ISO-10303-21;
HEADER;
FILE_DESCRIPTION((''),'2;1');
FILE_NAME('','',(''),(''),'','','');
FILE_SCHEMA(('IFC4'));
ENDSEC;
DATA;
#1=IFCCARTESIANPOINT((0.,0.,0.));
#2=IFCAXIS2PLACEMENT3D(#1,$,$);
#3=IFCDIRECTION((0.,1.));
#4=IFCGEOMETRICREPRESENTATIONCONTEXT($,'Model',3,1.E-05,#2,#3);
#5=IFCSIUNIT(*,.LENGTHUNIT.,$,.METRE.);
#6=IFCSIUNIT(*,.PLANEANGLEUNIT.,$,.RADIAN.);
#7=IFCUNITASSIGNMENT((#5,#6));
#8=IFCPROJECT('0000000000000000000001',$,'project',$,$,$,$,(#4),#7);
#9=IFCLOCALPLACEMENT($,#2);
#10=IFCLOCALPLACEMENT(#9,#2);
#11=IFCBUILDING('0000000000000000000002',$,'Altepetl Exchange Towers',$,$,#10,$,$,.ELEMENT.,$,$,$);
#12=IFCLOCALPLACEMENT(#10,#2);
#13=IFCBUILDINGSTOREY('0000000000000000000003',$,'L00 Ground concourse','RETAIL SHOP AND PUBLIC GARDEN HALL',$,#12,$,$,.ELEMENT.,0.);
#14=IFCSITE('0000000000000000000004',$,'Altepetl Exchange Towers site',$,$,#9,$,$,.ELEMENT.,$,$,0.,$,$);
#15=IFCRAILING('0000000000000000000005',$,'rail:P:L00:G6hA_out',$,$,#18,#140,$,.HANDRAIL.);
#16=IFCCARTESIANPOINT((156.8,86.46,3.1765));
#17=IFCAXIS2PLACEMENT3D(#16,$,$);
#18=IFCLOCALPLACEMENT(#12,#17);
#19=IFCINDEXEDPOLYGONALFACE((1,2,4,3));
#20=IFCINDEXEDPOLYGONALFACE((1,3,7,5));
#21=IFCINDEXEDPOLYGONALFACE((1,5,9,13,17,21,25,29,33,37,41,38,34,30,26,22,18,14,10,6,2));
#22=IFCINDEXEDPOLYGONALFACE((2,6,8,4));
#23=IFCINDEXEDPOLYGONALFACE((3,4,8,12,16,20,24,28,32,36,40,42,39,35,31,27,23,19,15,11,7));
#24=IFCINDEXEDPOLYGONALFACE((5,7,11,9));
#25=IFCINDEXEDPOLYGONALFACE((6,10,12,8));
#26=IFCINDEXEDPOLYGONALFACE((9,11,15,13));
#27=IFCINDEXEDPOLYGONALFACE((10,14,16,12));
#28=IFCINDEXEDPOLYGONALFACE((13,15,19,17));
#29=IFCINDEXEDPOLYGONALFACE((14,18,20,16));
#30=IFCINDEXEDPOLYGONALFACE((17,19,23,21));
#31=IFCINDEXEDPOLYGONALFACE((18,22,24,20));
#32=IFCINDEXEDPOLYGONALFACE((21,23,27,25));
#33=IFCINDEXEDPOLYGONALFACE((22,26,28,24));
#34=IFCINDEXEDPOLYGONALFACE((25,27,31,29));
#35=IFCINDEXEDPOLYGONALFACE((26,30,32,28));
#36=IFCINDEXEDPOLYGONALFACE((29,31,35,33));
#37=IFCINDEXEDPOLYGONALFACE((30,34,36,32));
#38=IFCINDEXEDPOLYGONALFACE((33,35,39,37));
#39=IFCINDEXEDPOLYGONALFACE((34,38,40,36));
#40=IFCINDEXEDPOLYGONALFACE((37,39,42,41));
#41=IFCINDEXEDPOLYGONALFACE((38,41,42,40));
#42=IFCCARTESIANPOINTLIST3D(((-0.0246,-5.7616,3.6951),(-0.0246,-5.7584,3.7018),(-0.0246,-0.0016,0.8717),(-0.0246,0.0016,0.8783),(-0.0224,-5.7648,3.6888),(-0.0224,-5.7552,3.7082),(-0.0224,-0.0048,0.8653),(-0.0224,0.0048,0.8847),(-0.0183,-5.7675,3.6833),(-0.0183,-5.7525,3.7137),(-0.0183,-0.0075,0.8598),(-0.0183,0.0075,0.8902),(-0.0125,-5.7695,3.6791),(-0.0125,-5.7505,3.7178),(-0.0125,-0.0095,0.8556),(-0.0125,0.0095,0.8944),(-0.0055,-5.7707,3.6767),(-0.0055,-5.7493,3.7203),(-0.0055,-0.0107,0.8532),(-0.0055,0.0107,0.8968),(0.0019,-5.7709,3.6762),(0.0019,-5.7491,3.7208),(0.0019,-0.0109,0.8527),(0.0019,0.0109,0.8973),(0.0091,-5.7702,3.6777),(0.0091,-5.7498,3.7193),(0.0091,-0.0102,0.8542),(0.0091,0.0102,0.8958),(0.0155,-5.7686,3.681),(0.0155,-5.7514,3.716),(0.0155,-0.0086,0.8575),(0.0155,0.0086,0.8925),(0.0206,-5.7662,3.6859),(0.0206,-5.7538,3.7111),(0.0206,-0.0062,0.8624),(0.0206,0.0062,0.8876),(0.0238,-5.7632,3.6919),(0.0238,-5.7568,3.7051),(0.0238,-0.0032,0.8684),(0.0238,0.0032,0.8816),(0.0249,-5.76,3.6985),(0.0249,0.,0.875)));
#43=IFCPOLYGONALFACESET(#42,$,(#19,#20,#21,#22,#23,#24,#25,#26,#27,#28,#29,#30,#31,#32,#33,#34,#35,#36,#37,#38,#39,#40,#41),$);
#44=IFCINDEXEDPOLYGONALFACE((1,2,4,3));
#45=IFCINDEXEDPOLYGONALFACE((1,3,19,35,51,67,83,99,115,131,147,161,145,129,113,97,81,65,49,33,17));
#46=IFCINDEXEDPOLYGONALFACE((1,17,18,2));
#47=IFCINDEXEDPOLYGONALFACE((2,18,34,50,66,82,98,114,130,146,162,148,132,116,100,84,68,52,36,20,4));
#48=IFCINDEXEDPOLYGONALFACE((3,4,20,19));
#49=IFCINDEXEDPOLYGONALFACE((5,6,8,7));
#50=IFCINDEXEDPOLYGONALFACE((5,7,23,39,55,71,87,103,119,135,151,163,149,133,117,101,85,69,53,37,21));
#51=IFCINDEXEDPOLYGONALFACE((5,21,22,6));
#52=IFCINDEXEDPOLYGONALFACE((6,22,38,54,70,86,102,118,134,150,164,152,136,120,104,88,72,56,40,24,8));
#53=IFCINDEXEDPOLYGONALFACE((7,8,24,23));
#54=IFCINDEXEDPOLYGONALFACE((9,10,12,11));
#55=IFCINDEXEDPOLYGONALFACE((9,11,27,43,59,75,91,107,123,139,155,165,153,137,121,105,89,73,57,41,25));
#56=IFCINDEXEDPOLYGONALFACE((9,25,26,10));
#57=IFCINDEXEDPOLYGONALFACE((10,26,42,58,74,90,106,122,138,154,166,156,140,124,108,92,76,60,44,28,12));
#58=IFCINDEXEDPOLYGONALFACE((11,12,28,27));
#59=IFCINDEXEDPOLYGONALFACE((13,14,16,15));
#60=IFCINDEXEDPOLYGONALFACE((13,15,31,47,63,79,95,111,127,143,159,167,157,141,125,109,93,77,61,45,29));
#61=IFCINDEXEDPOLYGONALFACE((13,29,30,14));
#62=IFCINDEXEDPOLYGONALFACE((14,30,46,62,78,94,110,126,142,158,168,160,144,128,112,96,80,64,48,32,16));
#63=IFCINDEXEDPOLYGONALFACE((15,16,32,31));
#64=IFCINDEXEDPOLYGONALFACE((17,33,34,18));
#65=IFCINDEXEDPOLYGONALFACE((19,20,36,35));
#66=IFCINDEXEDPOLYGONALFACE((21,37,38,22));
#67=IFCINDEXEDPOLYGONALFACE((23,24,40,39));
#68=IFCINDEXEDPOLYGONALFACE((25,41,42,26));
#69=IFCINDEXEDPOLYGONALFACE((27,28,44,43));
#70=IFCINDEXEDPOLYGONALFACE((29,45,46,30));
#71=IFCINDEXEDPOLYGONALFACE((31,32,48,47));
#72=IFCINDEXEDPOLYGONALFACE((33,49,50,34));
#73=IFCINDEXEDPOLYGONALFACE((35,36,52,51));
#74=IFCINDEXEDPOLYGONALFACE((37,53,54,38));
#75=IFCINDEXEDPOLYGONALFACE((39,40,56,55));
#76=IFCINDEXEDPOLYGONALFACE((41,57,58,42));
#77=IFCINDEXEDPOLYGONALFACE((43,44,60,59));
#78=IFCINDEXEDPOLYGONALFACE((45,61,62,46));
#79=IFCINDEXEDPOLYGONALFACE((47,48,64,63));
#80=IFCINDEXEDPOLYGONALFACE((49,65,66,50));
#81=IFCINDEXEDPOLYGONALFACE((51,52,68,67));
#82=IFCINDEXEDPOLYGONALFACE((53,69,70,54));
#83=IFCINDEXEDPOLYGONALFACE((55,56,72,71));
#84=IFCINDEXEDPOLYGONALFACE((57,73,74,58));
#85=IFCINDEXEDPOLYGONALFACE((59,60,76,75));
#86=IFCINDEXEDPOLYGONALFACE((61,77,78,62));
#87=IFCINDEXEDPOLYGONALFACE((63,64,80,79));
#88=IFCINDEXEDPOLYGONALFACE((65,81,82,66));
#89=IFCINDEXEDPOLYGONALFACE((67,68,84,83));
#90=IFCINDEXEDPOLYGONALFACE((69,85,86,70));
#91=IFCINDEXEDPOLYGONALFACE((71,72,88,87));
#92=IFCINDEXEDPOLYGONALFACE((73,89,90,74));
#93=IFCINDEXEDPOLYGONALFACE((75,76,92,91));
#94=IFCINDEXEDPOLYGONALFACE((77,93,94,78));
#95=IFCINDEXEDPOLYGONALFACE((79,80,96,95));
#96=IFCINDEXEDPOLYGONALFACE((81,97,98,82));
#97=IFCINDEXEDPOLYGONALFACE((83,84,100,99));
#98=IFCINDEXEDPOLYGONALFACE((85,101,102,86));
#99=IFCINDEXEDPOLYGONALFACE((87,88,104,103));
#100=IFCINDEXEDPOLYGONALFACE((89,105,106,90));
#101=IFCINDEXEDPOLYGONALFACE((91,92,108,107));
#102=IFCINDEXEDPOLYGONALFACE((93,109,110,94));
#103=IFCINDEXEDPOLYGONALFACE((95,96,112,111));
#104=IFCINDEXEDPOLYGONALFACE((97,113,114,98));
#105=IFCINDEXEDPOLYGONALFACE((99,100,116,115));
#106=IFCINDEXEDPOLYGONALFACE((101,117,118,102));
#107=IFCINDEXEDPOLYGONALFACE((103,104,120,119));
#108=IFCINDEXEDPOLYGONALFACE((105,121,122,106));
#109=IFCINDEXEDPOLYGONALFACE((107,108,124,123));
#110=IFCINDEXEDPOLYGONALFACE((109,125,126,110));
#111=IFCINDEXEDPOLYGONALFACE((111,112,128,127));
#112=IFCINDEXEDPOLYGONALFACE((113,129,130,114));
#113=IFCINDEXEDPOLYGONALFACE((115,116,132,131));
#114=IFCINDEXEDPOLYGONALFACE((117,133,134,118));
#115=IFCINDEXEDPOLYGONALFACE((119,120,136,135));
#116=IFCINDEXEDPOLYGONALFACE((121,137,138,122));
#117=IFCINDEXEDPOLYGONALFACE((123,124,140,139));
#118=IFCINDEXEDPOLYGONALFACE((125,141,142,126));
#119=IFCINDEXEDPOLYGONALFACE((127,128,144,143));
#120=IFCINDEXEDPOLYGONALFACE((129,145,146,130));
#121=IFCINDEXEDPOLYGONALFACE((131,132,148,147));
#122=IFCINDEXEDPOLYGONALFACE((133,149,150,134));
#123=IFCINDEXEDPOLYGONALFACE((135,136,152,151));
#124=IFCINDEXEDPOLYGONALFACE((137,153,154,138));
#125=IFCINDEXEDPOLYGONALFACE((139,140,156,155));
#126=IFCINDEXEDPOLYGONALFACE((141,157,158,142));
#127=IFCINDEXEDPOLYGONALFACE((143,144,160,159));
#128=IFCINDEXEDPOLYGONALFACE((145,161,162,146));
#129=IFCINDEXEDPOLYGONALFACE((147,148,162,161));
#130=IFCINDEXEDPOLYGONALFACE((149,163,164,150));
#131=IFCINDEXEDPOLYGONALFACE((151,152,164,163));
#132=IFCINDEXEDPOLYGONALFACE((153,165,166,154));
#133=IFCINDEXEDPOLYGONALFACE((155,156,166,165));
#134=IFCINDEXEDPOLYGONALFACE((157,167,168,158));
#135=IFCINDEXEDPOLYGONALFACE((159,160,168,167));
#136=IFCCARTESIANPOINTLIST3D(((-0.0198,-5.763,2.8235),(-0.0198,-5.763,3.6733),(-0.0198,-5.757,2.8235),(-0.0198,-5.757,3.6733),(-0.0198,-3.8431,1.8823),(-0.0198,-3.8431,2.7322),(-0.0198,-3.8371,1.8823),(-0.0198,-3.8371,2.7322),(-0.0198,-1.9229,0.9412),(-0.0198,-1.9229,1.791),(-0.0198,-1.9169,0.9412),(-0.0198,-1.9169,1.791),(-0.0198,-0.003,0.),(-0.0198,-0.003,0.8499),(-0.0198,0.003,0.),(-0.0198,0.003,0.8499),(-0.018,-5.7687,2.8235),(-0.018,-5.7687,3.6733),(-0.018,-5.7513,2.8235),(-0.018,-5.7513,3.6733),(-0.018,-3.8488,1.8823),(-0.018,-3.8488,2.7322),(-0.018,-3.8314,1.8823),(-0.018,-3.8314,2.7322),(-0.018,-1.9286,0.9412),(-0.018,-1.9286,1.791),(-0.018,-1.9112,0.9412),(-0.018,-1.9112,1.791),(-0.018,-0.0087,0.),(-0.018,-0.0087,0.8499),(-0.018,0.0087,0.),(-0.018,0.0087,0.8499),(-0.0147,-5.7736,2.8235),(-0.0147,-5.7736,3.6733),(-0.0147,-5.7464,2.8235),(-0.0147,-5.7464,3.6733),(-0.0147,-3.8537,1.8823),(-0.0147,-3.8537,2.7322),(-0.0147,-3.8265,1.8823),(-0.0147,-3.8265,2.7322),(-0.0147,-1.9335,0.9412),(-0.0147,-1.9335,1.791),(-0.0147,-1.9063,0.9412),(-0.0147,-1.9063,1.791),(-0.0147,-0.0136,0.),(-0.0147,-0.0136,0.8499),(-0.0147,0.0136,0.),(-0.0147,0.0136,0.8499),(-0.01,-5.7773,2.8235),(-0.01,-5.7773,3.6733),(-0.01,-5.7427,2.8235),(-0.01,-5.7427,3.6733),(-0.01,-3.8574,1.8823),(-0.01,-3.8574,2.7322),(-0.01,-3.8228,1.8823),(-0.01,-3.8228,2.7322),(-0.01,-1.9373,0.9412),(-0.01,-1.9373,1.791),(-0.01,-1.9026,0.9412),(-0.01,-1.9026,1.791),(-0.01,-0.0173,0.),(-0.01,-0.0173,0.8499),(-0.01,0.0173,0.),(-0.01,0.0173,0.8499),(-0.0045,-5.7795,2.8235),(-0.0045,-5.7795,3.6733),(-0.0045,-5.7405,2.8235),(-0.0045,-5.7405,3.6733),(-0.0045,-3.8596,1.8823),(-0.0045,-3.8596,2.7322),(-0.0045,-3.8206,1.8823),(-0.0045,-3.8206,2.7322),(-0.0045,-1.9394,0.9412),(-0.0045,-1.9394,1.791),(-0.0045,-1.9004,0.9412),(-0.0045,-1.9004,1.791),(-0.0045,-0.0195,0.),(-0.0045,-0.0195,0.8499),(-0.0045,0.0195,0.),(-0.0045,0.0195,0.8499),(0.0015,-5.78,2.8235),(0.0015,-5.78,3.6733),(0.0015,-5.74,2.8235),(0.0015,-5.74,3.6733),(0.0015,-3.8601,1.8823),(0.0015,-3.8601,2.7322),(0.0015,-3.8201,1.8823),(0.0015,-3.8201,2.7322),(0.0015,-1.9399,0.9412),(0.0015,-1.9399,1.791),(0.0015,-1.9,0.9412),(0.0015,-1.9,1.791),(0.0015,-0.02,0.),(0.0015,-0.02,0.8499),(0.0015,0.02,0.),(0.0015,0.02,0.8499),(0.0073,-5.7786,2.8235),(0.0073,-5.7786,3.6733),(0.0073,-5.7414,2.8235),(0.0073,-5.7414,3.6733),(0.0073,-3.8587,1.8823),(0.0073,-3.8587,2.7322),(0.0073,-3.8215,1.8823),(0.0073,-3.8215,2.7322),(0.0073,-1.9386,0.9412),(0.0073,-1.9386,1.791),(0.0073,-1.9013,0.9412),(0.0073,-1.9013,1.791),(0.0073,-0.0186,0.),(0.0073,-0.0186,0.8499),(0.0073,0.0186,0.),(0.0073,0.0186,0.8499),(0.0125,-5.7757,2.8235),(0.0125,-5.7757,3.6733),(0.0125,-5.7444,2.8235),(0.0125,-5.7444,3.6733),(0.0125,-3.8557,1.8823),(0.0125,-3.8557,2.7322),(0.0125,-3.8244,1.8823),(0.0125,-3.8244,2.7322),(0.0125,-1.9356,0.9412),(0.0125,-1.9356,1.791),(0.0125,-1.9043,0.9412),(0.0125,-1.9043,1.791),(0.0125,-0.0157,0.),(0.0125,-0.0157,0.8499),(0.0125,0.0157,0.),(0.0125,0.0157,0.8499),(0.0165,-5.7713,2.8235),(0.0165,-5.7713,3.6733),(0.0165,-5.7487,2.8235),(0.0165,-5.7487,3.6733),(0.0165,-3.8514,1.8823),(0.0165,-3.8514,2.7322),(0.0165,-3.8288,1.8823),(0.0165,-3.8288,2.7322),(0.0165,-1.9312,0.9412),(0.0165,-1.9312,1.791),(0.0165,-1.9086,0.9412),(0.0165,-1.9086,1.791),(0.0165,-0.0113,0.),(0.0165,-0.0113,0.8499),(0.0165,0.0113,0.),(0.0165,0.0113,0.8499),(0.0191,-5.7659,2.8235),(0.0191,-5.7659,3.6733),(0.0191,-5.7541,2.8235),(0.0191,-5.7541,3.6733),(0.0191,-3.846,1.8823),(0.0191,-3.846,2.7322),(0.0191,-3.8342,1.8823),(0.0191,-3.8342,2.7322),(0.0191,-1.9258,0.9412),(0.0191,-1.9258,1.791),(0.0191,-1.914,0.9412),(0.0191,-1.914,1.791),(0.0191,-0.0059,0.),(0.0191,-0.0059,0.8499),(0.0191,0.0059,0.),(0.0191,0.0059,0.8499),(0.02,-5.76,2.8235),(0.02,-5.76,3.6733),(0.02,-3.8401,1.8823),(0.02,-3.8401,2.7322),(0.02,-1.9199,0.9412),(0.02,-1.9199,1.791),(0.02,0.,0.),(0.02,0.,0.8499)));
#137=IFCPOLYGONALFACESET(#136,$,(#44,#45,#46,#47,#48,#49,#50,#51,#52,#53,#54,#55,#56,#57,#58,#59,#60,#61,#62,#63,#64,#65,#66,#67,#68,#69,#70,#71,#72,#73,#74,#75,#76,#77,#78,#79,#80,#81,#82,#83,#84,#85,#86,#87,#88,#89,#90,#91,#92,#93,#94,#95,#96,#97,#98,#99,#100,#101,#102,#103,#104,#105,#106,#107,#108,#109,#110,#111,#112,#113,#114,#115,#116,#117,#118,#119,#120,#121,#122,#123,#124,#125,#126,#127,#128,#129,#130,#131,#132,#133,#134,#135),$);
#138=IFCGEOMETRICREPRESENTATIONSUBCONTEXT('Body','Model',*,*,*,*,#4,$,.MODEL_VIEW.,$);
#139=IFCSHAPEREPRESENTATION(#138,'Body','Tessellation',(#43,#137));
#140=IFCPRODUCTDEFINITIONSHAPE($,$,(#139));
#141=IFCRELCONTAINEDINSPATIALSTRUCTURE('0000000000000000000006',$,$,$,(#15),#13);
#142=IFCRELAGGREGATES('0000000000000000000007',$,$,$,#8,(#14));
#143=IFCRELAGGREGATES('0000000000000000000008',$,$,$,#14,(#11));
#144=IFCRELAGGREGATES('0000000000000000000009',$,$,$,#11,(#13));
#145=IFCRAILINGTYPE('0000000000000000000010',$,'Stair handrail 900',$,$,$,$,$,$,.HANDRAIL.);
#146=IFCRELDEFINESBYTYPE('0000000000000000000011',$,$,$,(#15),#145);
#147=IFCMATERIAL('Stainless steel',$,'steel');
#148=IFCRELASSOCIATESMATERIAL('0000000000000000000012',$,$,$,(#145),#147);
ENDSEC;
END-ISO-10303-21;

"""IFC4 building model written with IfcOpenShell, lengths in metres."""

from ifc_helpers import new_model, si_unit, direction, frame, origin, origin_2d, place, context, subcontext, project, spatial, circle, extrude, source, transform, mapped, material, type_object, element, save


model = new_model("IFC4")

# Units and contexts
model_context = context("Model", 3, precision=1e-05, world=origin(), true_north=direction((0.0, 1.0)))
body_context = subcontext(model_context, "Body", "Model", "MODEL_VIEW")
ifc_project = project(units=[si_unit("LENGTHUNIT", "METRE"), si_unit("PLANEANGLEUNIT", "RADIAN")], contexts=[model_context])

# Site, building, storey
site_placement = place(None, origin())
site = spatial("IfcSite", under=ifc_project, at=site_placement, Name="Altepetl Exchange Towers site", CompositionType="ELEMENT", RefElevation=0.0)
building_placement = place(site_placement, origin())
building = spatial("IfcBuilding", under=site, at=building_placement, Name="Altepetl Exchange Towers", CompositionType="ELEMENT")
storey_placement = place(building_placement, origin())
storey = spatial("IfcBuildingStorey", under=building, at=storey_placement, Name="L00 Ground concourse", Description="RETAIL SHOP AND PUBLIC GARDEN HALL", CompositionType="ELEMENT", Elevation=0.0)

# Railing
ifc_material_1 = material(Name="Stainless steel", Category="steel")
railing_type_1 = type_object("IfcRailingType", Name="Stair handrail 900", PredefinedType="HANDRAIL", material=ifc_material_1)
shared_shape_1 = source(origin(), body_context, "Body", "SweptSolid", [
    extrude(circle(Radius=0.02, at=origin_2d()), origin(), (0.0, 0.0, 1.0), 0.8499),
])
for number, where, name in (
    (1, (156.8, 86.46, 3.1765), "rail:P:L00:G6hA_out"),
):
    element("IfcRailing", number, at=place(storey_placement, frame(where)), inside=storey, type_object=railing_type_1, Name=name, PredefinedType="HANDRAIL", context=body_context, shape_type="SweptSolid", body=[
        extrude(circle(Radius=0.0249, at=origin_2d()), frame((0.0, 0.0, 0.875), z_axis=(0.0, -0.897924, 0.440151), x_axis=(1.0, 0.0, 0.0)), (0.0, 0.0, 1.0), 6.4148),
        mapped(shared_shape_1, transform((0.0, 0.0, 0.0))),
        mapped(shared_shape_1, transform((0.0, -1.9199, 0.9412))),
        mapped(shared_shape_1, transform((0.0, -3.8401, 1.8823))),
        mapped(shared_shape_1, transform((0.0, -5.76, 2.8235))),
    ])

save(model, "model.ifc")
